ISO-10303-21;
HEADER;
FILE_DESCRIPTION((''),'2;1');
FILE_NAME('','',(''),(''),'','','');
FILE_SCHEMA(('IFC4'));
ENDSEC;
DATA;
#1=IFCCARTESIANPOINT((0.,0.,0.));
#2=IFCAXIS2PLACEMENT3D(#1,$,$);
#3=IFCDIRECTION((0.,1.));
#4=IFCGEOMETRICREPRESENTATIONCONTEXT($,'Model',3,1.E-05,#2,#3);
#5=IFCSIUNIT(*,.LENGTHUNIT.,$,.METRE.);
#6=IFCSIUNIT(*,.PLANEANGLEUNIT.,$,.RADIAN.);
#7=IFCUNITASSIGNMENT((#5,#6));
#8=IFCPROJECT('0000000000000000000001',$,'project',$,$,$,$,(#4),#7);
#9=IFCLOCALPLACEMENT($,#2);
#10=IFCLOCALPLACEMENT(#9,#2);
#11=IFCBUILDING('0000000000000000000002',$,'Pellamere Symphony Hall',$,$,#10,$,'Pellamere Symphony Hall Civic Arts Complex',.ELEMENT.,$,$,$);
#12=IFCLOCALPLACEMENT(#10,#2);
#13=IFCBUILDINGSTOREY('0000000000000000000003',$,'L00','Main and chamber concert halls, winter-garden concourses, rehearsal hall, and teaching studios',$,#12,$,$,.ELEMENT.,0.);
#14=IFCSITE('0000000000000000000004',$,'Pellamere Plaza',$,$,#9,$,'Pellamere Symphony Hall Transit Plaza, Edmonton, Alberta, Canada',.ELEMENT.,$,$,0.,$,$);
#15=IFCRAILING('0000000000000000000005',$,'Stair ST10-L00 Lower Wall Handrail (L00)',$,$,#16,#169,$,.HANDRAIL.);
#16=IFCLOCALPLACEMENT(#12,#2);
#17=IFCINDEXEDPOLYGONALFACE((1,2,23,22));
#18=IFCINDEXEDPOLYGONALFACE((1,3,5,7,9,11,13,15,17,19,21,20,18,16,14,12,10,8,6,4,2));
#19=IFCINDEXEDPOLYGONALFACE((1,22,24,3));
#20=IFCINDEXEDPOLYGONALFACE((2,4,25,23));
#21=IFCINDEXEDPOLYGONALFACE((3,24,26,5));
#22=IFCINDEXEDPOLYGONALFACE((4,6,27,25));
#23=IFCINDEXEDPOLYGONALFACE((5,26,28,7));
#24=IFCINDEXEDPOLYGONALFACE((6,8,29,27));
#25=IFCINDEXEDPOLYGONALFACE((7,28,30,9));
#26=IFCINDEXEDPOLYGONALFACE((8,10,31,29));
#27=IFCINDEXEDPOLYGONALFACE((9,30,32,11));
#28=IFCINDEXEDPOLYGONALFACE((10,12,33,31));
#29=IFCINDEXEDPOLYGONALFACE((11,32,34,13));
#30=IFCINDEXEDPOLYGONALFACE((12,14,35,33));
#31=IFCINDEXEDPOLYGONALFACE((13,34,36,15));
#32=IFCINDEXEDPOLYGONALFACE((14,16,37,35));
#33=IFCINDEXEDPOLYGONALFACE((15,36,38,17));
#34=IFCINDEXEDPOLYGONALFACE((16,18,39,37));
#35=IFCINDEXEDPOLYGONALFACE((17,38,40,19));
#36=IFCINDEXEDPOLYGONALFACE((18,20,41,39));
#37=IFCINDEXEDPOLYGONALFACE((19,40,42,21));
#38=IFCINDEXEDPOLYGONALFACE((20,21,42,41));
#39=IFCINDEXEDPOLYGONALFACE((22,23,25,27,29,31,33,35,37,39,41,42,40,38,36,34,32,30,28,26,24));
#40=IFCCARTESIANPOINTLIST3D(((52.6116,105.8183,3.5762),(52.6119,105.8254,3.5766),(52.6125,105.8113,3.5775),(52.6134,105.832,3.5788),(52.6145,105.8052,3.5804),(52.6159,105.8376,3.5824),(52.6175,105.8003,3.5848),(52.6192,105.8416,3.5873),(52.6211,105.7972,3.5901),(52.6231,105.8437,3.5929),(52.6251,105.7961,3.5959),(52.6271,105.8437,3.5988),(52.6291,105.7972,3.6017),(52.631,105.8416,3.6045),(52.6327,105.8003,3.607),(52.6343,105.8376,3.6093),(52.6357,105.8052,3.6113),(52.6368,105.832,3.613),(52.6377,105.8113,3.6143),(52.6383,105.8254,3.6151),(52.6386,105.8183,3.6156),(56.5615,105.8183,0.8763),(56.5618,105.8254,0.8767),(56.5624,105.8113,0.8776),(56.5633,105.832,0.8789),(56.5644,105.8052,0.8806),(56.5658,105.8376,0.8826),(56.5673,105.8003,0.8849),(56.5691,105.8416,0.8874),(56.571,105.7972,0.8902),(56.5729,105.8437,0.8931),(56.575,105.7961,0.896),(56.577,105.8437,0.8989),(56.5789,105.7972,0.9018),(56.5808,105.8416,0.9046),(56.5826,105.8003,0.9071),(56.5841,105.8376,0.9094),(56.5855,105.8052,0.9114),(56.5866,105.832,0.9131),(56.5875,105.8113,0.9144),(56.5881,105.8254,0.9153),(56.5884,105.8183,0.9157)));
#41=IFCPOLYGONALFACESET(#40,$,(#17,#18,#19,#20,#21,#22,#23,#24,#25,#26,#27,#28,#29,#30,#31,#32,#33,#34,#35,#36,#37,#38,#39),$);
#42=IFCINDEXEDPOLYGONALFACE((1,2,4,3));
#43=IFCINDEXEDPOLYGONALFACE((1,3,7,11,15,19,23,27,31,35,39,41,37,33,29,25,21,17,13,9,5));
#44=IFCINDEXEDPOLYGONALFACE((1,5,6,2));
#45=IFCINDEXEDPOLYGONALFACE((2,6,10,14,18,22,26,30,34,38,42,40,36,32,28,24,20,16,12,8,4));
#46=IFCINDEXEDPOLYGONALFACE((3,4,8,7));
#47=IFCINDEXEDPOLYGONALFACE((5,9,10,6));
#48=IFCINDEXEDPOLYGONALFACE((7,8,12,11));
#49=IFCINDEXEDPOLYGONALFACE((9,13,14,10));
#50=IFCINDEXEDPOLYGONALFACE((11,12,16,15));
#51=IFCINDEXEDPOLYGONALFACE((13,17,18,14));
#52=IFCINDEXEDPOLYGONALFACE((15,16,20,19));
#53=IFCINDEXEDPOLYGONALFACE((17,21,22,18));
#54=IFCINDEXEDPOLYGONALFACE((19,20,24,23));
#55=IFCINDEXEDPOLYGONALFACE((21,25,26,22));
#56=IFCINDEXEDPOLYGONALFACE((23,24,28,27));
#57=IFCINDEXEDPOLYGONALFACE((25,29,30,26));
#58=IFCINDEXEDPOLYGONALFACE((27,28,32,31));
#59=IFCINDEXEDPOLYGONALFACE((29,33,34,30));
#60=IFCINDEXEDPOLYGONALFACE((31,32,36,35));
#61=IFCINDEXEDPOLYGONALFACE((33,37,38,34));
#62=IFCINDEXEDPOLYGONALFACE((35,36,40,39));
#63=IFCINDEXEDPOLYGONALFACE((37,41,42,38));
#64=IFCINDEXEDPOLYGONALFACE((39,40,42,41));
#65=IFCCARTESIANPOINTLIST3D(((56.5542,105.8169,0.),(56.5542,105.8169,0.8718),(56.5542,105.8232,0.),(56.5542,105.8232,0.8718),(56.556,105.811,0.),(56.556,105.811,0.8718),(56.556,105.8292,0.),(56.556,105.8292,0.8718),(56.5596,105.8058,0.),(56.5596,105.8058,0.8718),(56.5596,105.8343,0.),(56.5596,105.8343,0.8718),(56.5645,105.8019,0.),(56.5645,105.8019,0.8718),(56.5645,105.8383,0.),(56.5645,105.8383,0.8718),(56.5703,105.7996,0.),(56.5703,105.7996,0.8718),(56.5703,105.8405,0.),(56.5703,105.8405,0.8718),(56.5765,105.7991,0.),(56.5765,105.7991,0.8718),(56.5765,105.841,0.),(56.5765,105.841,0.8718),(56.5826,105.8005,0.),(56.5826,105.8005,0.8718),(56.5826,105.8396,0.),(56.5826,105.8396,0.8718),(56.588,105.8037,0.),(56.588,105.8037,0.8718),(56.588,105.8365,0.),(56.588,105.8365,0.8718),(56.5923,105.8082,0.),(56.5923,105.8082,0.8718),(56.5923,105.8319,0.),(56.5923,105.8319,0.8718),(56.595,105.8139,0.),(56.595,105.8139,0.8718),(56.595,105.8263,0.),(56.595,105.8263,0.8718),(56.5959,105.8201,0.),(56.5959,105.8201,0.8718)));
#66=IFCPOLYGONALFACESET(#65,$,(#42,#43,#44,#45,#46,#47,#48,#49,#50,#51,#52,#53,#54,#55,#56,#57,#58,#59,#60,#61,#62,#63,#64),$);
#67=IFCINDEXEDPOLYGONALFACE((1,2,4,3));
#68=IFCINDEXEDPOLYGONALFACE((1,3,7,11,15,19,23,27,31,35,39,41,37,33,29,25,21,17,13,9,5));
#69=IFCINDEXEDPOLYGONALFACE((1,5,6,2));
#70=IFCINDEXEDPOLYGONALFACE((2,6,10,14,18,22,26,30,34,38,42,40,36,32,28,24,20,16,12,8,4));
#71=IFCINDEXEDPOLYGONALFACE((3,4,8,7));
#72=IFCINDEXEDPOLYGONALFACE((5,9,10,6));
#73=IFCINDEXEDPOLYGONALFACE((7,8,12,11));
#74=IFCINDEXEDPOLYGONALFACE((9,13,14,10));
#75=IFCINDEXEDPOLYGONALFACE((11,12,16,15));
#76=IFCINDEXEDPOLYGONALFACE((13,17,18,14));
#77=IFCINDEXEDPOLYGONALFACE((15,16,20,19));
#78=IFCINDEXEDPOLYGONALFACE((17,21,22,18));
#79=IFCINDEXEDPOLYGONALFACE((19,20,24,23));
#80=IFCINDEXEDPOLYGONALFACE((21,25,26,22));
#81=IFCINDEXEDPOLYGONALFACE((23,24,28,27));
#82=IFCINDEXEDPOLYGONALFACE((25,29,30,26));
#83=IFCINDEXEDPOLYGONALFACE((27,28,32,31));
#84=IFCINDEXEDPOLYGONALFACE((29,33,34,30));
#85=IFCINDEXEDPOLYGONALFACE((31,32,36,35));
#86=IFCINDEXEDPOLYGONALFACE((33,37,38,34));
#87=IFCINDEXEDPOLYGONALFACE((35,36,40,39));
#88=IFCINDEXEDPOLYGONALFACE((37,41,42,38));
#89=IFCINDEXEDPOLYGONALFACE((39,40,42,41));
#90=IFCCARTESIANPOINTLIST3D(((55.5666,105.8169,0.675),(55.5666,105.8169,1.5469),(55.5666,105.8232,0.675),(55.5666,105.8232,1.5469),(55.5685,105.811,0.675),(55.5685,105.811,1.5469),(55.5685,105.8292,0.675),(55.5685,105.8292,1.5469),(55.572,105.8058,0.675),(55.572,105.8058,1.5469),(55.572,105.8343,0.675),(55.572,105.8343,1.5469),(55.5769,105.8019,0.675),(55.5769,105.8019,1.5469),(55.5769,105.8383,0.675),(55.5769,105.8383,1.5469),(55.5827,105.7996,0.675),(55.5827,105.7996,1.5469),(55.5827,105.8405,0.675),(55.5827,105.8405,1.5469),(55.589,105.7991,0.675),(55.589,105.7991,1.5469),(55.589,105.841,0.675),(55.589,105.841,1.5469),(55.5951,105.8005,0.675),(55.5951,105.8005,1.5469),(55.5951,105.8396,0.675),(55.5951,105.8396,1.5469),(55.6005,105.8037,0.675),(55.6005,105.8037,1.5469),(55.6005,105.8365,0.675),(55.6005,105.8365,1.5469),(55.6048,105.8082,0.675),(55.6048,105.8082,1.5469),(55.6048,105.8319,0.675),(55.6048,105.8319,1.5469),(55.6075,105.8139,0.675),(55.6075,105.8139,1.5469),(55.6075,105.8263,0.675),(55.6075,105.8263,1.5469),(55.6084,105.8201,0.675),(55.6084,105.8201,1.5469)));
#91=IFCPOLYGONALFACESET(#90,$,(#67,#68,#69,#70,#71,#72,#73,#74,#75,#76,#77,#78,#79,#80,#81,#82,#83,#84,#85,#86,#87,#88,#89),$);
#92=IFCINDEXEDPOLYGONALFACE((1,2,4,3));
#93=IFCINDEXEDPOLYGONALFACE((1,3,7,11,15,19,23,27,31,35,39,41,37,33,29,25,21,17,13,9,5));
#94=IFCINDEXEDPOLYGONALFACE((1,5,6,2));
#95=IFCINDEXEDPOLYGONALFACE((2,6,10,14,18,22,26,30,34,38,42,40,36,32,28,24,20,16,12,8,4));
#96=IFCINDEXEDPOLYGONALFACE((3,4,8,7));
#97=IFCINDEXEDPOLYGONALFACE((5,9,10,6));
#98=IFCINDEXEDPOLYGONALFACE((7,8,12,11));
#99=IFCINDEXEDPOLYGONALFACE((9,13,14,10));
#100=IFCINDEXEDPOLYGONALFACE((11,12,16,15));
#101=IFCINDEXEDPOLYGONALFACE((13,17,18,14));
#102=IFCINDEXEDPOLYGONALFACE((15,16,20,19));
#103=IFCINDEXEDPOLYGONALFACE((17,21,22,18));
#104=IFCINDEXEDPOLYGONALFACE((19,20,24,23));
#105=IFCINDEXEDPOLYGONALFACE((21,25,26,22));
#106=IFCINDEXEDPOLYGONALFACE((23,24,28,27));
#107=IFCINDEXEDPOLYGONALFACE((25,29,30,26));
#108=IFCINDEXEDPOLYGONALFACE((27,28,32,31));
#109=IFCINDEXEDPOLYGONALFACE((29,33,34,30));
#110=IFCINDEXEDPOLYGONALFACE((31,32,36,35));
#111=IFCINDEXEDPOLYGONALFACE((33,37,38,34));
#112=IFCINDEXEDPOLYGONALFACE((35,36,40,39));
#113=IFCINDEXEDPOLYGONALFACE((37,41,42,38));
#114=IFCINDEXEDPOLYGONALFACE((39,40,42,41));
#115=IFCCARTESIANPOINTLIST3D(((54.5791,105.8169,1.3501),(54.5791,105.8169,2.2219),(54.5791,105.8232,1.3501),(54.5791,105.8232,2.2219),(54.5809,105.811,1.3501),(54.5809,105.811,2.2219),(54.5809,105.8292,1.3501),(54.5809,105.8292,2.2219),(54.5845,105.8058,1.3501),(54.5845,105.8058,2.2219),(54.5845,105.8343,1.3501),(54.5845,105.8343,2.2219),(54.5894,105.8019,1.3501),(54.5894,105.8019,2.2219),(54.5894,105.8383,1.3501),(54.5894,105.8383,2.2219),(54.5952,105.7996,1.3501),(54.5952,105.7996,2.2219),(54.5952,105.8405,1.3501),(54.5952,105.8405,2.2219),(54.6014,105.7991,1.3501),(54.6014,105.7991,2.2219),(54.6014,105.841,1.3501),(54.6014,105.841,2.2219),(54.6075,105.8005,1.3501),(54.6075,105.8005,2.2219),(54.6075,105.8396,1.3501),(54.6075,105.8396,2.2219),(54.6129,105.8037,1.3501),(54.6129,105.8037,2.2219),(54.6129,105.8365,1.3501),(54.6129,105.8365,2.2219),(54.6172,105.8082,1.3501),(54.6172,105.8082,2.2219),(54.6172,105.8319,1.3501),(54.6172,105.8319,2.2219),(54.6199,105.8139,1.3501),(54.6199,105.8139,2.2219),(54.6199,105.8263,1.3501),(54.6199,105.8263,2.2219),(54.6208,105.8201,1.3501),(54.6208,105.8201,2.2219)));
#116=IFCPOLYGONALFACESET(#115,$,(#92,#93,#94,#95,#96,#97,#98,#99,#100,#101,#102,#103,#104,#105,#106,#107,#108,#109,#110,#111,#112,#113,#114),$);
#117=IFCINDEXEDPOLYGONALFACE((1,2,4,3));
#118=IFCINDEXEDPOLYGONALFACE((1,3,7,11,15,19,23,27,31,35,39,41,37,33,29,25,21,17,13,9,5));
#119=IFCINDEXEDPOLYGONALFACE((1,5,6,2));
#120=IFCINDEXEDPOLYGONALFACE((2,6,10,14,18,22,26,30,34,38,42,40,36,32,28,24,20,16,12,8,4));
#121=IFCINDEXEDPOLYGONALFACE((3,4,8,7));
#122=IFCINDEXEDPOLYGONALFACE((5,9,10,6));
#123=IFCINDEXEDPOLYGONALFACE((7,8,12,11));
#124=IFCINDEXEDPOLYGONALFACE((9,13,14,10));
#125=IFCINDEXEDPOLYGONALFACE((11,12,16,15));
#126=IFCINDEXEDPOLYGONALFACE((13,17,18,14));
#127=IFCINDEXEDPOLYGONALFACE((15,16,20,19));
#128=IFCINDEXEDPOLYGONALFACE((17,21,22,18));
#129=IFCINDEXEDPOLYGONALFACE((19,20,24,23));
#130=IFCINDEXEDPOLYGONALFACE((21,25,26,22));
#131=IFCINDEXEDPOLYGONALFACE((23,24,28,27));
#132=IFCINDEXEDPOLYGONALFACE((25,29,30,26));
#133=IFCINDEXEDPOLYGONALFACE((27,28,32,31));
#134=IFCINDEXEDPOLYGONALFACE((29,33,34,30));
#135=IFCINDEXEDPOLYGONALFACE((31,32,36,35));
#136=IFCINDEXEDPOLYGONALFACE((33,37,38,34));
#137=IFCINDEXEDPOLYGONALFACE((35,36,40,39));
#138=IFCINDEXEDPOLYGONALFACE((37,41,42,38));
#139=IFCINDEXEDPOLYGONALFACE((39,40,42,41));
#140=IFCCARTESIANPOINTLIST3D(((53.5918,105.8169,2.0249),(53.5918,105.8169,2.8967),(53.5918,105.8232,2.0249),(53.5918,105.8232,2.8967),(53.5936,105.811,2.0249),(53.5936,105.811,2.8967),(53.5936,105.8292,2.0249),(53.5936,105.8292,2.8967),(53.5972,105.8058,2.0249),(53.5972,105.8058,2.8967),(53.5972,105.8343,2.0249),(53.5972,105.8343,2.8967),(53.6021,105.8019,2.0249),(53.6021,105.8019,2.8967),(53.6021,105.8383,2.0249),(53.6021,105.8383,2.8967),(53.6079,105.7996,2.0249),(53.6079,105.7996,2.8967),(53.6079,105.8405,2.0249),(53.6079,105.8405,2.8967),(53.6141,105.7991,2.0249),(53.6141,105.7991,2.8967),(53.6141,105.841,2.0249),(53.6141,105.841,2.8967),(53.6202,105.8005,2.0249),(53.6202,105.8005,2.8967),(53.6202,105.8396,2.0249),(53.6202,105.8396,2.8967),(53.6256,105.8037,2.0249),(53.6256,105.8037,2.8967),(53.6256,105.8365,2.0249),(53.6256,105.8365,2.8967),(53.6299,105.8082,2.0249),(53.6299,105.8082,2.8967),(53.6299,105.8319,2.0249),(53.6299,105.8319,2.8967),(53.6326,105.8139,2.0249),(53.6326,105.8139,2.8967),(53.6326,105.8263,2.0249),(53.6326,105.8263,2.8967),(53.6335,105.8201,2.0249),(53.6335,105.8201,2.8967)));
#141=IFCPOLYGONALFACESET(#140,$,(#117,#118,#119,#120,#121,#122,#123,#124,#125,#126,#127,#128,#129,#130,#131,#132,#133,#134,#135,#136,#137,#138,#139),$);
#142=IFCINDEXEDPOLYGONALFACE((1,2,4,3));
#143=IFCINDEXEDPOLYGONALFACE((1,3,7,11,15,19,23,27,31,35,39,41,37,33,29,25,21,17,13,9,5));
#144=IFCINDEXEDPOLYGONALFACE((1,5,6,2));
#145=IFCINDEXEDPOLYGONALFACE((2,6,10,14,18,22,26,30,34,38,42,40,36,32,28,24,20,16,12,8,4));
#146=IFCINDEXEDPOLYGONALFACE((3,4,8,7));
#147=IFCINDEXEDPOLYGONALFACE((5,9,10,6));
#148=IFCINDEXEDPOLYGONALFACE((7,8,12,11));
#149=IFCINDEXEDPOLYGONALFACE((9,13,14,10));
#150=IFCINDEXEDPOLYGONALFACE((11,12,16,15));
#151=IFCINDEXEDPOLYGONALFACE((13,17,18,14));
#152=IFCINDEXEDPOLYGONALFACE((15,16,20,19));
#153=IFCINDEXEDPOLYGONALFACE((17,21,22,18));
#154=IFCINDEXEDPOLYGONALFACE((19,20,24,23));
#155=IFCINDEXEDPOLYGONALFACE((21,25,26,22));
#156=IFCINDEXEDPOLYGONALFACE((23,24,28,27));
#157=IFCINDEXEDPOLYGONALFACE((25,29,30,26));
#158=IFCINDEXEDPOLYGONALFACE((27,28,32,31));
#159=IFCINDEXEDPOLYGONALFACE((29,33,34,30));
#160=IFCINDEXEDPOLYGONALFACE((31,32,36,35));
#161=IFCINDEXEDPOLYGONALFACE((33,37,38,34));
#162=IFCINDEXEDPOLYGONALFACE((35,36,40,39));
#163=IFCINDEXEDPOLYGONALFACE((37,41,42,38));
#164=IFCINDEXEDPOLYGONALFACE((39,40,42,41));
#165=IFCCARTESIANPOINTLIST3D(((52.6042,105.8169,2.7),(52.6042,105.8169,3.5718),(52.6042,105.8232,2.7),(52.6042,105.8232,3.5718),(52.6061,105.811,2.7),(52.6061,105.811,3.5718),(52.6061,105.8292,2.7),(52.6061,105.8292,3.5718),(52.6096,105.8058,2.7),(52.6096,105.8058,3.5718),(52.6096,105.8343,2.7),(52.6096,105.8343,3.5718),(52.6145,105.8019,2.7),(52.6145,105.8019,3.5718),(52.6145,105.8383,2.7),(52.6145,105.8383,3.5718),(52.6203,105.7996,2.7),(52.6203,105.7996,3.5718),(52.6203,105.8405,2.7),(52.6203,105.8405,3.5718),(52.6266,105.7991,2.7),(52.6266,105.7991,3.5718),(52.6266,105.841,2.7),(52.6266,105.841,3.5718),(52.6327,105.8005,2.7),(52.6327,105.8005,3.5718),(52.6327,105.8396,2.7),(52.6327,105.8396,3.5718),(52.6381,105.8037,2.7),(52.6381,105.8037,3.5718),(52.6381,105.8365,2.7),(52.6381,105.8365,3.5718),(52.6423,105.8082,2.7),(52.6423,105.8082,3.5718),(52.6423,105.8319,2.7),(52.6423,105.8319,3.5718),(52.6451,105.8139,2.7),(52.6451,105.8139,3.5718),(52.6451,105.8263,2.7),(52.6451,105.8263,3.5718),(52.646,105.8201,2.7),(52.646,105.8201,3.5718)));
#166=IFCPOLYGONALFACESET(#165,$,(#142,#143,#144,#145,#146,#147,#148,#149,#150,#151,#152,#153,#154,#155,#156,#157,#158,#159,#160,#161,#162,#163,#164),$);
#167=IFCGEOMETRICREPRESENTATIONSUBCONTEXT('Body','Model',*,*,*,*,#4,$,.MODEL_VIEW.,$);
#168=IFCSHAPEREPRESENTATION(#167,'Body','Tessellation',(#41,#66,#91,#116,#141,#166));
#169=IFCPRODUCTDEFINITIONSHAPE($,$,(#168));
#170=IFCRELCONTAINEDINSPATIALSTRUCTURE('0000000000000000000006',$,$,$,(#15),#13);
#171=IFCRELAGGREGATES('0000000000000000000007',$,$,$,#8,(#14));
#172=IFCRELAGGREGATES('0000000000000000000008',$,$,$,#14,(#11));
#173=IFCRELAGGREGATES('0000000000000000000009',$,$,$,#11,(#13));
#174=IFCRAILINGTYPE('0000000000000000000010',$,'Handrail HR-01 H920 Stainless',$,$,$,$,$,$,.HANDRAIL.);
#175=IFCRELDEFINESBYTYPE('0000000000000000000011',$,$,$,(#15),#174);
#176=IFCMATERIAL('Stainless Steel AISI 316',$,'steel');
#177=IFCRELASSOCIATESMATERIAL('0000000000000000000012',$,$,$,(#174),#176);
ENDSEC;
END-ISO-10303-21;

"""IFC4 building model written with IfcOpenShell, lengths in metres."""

from ifc_helpers import new_model, si_unit, direction, frame, origin, origin_2d, place, context, subcontext, project, spatial, circle, extrude, material, type_object, element, save


model = new_model("IFC4")

# Units and contexts
model_context = context("Model", 3, precision=1e-05, world=origin(), true_north=direction((0.0, 1.0)))
body_context = subcontext(model_context, "Body", "Model", "MODEL_VIEW")
ifc_project = project(units=[si_unit("LENGTHUNIT", "METRE"), si_unit("PLANEANGLEUNIT", "RADIAN")], contexts=[model_context])

# Site, building, storey
site_placement = place(None, origin())
site = spatial("IfcSite", under=ifc_project, at=site_placement, Name="Pellamere Plaza", LongName="Pellamere Symphony Hall Transit Plaza, Edmonton, Alberta, Canada", CompositionType="ELEMENT", RefElevation=0.0)
building_placement = place(site_placement, origin())
building = spatial("IfcBuilding", under=site, at=building_placement, Name="Pellamere Symphony Hall", LongName="Pellamere Symphony Hall Civic Arts Complex", CompositionType="ELEMENT")
storey_placement = place(building_placement, origin())
storey = spatial("IfcBuildingStorey", under=building, at=storey_placement, Name="L00", Description="Main and chamber concert halls, winter-garden concourses, rehearsal hall, and teaching studios", CompositionType="ELEMENT", Elevation=0.0)

# Railing
ifc_material_1 = material(Name="Stainless Steel AISI 316", Category="steel")
railing_type_1 = type_object("IfcRailingType", Name="Handrail HR-01 H920 Stainless", PredefinedType="HANDRAIL", material=ifc_material_1)
railing_1_placement = place(storey_placement, frame((56.575, 105.8201, 0.0)))
element("IfcRailing", 1, at=railing_1_placement, inside=storey, type_object=railing_type_1, Name="Stair ST10-L00 Lower Wall Handrail (L00)", PredefinedType="HANDRAIL", context=body_context, shape_type="SweptSolid", body=[
    extrude(circle(Radius=0.0239, at=origin_2d()), frame((0.0, 0.0, 0.896), z_axis=(-0.825565, 0.0, 0.564307), x_axis=(0.0, -1.0, 0.0)), (0.0, 0.0, 1.0), 4.7844),
    extrude(circle(Radius=0.021, at=origin_2d()), origin(), (0.0, 0.0, 1.0), 0.8718),
    extrude(circle(Radius=0.021, at=origin_2d()), frame((-0.9875, 0.0, 0.675)), (0.0, 0.0, 1.0), 0.8718),
    extrude(circle(Radius=0.021, at=origin_2d()), frame((-1.9751, 0.0, 1.3501)), (0.0, 0.0, 1.0), 0.8718),
    extrude(circle(Radius=0.021, at=origin_2d()), frame((-2.9624, 0.0, 2.0249)), (0.0, 0.0, 1.0), 0.8718),
    extrude(circle(Radius=0.021, at=origin_2d()), frame((-3.95, 0.0, 2.7)), (0.0, 0.0, 1.0), 0.8718),
])

save(model, "model.ifc")
